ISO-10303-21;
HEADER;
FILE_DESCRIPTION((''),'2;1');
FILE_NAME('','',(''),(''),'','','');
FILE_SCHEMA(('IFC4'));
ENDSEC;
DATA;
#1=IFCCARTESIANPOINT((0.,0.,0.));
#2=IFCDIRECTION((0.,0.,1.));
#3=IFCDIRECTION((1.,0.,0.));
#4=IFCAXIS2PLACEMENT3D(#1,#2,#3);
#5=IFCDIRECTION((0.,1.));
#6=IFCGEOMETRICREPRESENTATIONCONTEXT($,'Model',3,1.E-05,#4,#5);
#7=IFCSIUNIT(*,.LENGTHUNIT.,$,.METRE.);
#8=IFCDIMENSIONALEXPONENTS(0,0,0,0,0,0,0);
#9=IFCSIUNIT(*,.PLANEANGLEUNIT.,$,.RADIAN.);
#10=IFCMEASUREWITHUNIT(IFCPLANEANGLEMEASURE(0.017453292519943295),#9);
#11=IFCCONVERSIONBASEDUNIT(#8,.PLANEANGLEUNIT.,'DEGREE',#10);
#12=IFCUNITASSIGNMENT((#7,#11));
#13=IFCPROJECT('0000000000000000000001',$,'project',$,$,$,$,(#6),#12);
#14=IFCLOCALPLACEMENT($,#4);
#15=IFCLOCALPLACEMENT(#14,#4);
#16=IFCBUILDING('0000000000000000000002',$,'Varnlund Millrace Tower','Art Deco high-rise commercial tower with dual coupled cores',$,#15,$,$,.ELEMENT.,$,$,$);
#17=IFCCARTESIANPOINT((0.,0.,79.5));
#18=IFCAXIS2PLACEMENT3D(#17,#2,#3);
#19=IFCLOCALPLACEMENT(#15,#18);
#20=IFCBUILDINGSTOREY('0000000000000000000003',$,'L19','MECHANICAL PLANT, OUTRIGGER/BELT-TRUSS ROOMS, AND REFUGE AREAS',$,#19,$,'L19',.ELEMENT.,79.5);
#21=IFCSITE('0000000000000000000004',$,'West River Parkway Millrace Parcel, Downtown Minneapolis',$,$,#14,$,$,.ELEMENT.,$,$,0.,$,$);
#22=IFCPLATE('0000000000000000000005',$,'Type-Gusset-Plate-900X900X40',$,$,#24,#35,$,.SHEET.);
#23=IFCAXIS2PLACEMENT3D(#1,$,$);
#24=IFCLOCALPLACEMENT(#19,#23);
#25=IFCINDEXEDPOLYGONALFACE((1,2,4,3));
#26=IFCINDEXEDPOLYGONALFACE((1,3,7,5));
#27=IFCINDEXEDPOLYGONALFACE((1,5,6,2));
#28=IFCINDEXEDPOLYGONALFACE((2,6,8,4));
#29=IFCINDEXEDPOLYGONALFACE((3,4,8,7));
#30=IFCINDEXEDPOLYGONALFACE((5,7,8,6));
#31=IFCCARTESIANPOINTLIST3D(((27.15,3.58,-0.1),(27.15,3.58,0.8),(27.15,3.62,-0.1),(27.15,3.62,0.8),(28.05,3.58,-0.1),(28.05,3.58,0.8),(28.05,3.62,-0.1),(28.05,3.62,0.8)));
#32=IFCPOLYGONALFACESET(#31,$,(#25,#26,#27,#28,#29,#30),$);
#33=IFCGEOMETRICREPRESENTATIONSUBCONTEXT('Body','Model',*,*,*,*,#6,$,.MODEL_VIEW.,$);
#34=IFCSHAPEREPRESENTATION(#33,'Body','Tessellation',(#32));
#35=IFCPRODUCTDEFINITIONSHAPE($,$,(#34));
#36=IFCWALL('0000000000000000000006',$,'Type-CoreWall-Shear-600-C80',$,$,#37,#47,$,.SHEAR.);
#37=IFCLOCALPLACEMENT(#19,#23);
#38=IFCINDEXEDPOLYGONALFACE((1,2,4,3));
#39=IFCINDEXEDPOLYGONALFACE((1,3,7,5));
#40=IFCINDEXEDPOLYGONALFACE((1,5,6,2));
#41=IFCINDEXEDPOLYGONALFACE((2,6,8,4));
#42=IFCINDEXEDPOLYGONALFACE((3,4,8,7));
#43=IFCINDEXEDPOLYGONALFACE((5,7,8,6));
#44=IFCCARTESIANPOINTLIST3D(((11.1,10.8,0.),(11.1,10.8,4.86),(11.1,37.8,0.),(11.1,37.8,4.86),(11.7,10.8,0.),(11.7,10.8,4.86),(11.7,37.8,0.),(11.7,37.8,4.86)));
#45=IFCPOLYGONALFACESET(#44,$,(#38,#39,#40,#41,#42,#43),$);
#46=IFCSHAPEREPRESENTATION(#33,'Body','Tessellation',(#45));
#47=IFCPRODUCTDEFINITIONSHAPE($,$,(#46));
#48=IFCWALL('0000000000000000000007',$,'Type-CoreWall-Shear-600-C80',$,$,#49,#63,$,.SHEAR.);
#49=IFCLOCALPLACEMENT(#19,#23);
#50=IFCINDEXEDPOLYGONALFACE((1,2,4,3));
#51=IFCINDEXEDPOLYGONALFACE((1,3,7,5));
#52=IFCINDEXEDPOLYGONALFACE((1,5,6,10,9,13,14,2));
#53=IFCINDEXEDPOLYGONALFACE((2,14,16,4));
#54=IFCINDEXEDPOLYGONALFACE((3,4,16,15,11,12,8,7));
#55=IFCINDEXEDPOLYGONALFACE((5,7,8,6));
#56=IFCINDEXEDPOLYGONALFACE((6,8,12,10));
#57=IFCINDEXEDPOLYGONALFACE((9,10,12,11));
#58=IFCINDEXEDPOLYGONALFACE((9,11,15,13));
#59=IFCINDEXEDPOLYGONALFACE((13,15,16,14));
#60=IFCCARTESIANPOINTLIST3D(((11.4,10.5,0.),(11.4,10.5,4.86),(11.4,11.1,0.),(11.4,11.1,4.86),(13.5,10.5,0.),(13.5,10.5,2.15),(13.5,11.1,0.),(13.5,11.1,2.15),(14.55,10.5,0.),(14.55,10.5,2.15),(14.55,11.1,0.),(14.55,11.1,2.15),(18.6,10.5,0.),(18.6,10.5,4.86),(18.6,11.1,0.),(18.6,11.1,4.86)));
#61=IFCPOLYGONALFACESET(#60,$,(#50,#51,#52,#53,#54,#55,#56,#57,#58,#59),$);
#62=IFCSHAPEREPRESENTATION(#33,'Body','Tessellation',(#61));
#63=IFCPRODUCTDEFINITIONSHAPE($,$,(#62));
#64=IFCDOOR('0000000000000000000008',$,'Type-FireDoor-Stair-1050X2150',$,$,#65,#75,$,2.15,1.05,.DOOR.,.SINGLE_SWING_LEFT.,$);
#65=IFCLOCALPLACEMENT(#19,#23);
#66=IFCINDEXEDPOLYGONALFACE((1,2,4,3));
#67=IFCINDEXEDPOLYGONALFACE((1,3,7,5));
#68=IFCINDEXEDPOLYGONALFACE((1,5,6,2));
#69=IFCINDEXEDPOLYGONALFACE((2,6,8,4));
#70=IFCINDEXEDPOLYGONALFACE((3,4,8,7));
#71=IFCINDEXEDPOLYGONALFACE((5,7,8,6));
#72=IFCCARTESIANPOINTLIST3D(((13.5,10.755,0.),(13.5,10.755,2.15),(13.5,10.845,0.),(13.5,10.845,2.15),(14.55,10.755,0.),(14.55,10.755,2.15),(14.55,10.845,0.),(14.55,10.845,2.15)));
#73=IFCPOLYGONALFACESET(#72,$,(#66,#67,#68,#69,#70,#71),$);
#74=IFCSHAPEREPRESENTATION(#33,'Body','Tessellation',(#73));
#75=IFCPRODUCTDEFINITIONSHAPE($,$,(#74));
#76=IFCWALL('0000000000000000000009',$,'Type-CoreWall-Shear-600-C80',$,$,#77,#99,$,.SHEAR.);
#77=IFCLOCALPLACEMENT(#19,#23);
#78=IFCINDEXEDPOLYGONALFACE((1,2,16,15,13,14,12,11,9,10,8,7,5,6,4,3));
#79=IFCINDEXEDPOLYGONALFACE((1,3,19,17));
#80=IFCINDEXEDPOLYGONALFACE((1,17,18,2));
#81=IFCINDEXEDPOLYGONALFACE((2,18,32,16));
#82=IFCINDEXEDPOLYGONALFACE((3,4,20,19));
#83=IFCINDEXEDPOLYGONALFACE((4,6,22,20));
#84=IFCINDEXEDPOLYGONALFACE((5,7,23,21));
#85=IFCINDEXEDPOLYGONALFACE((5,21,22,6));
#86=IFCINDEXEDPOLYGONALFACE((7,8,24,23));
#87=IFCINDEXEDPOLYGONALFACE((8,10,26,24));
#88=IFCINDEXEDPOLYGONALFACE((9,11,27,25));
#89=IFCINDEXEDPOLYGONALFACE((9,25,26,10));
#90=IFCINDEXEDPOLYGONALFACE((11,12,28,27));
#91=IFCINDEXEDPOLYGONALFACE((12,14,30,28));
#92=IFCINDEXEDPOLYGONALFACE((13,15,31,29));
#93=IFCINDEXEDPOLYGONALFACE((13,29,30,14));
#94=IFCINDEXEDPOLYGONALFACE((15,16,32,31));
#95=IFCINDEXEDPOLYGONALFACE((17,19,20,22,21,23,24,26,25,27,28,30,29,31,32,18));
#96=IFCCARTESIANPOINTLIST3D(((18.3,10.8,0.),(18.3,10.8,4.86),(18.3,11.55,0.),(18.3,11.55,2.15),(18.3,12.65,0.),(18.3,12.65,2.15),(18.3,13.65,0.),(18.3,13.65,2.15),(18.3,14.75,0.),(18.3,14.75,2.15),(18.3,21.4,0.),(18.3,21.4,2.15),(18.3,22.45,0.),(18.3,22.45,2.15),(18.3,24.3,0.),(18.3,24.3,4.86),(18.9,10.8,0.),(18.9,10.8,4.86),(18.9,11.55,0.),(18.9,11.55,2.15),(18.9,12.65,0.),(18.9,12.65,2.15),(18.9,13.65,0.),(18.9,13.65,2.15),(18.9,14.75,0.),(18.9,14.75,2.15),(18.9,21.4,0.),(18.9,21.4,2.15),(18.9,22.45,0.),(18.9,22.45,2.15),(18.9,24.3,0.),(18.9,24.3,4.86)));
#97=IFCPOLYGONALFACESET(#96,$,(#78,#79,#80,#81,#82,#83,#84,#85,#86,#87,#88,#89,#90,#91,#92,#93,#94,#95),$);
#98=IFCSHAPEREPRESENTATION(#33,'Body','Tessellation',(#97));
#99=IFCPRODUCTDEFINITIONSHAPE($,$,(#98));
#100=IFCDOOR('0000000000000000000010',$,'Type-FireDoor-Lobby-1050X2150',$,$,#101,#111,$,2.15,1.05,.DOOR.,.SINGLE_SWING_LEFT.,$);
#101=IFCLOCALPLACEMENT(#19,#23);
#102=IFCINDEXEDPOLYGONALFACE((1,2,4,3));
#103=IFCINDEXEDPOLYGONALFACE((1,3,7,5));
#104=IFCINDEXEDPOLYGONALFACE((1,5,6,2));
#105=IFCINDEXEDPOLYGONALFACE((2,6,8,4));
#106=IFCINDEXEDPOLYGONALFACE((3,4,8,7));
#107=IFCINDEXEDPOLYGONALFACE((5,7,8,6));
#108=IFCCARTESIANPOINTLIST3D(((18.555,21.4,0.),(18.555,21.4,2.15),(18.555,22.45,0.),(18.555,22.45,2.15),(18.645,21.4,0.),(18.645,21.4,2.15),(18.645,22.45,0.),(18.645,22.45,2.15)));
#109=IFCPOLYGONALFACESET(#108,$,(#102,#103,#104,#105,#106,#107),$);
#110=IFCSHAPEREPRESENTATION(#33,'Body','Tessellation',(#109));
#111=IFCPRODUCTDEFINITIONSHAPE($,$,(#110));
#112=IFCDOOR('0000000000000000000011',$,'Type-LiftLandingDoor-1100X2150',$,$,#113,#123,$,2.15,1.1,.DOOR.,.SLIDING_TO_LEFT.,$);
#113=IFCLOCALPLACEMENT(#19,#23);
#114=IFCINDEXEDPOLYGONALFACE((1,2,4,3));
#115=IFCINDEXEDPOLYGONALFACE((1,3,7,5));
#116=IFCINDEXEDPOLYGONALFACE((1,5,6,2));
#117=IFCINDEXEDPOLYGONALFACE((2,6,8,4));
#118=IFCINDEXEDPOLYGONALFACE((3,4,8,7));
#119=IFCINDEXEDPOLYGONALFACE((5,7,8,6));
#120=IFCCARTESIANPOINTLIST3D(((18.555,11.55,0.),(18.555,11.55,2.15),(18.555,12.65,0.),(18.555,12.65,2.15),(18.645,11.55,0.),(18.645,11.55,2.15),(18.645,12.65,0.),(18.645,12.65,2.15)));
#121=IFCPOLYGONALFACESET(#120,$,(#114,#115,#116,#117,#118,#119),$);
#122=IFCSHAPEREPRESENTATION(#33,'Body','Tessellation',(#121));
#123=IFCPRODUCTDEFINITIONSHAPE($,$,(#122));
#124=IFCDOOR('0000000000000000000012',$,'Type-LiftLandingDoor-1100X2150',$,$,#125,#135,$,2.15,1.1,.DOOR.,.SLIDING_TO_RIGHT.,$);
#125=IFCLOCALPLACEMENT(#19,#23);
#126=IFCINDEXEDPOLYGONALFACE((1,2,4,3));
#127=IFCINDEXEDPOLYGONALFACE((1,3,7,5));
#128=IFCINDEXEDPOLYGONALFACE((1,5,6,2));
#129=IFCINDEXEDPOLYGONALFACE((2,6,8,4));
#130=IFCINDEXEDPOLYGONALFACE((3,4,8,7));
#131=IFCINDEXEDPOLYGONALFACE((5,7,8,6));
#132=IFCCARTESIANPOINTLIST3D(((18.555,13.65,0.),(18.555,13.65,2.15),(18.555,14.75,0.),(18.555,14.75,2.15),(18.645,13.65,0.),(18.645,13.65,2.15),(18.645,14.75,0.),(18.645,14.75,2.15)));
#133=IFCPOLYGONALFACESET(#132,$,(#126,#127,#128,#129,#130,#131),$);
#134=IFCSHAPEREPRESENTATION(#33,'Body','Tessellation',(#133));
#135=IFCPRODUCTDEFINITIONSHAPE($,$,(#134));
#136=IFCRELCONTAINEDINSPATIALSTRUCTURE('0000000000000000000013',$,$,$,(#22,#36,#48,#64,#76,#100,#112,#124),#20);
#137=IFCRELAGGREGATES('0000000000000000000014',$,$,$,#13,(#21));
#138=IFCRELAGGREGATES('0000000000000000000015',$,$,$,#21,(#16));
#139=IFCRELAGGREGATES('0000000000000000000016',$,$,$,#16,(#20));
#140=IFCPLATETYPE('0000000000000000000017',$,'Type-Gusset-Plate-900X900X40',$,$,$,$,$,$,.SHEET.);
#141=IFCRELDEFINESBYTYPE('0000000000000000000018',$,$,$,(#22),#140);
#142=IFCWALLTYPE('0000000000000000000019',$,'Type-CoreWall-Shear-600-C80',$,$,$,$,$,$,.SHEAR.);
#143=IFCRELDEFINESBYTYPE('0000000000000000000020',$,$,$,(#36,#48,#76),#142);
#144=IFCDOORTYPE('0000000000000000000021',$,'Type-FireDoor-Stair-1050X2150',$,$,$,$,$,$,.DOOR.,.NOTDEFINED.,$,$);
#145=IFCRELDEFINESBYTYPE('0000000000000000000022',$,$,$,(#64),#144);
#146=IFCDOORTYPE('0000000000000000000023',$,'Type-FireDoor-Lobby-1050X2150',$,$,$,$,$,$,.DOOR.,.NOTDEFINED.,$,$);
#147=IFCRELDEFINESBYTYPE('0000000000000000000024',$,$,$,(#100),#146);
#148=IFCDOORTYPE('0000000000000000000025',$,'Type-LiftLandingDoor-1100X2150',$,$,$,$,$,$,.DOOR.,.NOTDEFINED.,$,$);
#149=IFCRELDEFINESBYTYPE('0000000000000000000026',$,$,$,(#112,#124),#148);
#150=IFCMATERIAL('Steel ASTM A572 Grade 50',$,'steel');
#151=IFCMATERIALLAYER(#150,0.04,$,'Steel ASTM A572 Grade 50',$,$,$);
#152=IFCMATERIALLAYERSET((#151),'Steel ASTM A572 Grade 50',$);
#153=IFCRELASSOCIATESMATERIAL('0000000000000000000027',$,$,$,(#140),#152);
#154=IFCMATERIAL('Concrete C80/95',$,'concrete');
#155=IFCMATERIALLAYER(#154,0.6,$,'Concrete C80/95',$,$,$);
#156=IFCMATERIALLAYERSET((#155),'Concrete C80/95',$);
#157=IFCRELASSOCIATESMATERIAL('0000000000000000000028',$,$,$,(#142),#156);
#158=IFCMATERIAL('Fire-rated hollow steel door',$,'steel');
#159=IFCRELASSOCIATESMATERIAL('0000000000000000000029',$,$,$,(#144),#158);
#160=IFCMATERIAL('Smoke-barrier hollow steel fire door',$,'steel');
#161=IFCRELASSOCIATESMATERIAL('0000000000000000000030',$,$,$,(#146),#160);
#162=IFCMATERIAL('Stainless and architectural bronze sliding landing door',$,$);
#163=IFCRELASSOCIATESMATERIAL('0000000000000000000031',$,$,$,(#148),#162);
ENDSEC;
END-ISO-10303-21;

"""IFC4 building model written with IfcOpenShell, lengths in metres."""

from ifc_helpers import new_model, entity, si_unit, converted_unit, direction, frame, origin_with_axes, origin_2d_with_axis, place, context, subcontext, project, spatial, polyline, rectangle, outline, extrude, material, layer, layer_set, type_object, element, fill, save


model = new_model("IFC4")

# Units and contexts
model_context = context("Model", 3, precision=1e-05, world=origin_with_axes(), true_north=direction((0.0, 1.0)))
body_context = subcontext(model_context, "Body", "Model", "MODEL_VIEW")
ifc_project = project(units=[si_unit("LENGTHUNIT", "METRE"), converted_unit("PLANEANGLEUNIT", "DEGREE", entity("IfcPlaneAngleMeasure", 0.017453292519943295), si_unit("PLANEANGLEUNIT", "RADIAN"), dimensions=[0, 0, 0, 0, 0, 0, 0])], contexts=[model_context])

# Site, building, storey
site_placement = place(None, origin_with_axes())
site = spatial("IfcSite", under=ifc_project, at=site_placement, Name="West River Parkway Millrace Parcel, Downtown Minneapolis", CompositionType="ELEMENT", RefElevation=0.0)
building_placement = place(site_placement, origin_with_axes())
building = spatial("IfcBuilding", under=site, at=building_placement, Name="Varnlund Millrace Tower", Description="Art Deco high-rise commercial tower with dual coupled cores", CompositionType="ELEMENT")
storey_placement = place(building_placement, frame((0.0, 0.0, 79.5), z_axis=(0.0, 0.0, 1.0), x_axis=(1.0, 0.0, 0.0)))
storey = spatial("IfcBuildingStorey", under=building, at=storey_placement, Name="L19", Description="MECHANICAL PLANT, OUTRIGGER/BELT-TRUSS ROOMS, AND REFUGE AREAS", LongName="L19", CompositionType="ELEMENT", Elevation=79.5)

# Plate
ifc_material_1 = material(Name="Steel ASTM A572 Grade 50", Category="steel")
ifc_layer_1 = layer(ifc_material_1, 0.04, Name="Steel ASTM A572 Grade 50")
ifc_layer_set_1 = layer_set([ifc_layer_1], Name="Steel ASTM A572 Grade 50")
plate_type = type_object("IfcPlateType", Name="Type-Gusset-Plate-900X900X40", PredefinedType="SHEET", material=ifc_layer_set_1)
plate_placement = place(storey_placement, frame((27.6, 3.6, -0.1), z_axis=(0.0, 0.0, 1.0), x_axis=(1.0, 0.0, 0.0)))
element("IfcPlate", 1, at=plate_placement, inside=storey, type_object=plate_type, Name="Type-Gusset-Plate-900X900X40", PredefinedType="SHEET", context=body_context, shape_type="SweptSolid", body=[
    extrude(rectangle(XDim=0.9, YDim=0.04, at=origin_2d_with_axis()), origin_with_axes(), (0.0, 0.0, 1.0), 0.9),
])

# Wall
ifc_material_2 = material(Name="Concrete C80/95", Category="concrete")
ifc_layer_2 = layer(ifc_material_2, 0.6, Name="Concrete C80/95")
ifc_layer_set_2 = layer_set([ifc_layer_2], Name="Concrete C80/95")
wall_type_1 = type_object("IfcWallType", Name="Type-CoreWall-Shear-600-C80", PredefinedType="SHEAR", material=ifc_layer_set_2)
wall_1_placement = place(storey_placement, frame((11.4, 10.8, 0.0), z_axis=(0.0, 0.0, 1.0), x_axis=(0.0, 1.0, 0.0)))
element("IfcWall", 2, at=wall_1_placement, inside=storey, type_object=wall_type_1, Name="Type-CoreWall-Shear-600-C80", PredefinedType="SHEAR", context=body_context, shape_type="SweptSolid", body=[
    extrude(outline(polyline([(0.0, -0.3), (27.0, -0.3), (27.0, 0.3), (0.0, 0.3), (0.0, -0.3)])), origin_with_axes(), (0.0, 0.0, 1.0), 4.86),
])

# Wall, opening, door
wall_2_placement = place(storey_placement, frame((11.4, 10.8, 0.0), z_axis=(0.0, 0.0, 1.0), x_axis=(1.0, 0.0, 0.0)))
wall_2 = element("IfcWall", 3, at=wall_2_placement, inside=storey, type_object=wall_type_1, Name="Type-CoreWall-Shear-600-C80", PredefinedType="SHEAR", context=body_context, shape_type="SweptSolid", body=[
    extrude(outline(polyline([(0.0, -0.3), (7.2, -0.3), (7.2, 0.3), (0.0, 0.3), (0.0, -0.3)])), origin_with_axes(), (0.0, 0.0, 1.0), 4.86),
])
opening_1_placement = place(wall_2_placement, frame((2.625, 0.0, 0.0), z_axis=(0.0, 0.0, 1.0), x_axis=(1.0, 0.0, 0.0)))
opening_1 = element("IfcOpeningElement", 4, at=opening_1_placement, cuts=wall_2, PredefinedType="OPENING", context=body_context, shape_type="SweptSolid", body=[
    extrude(rectangle(XDim=1.05, YDim=0.62, at=origin_2d_with_axis()), origin_with_axes(), (0.0, 0.0, 1.0), 2.15),
])
ifc_material_3 = material(Name="Fire-rated hollow steel door", Category="steel")
door_type_1 = type_object("IfcDoorType", Name="Type-FireDoor-Stair-1050X2150", OperationType="NOTDEFINED", PredefinedType="DOOR", material=ifc_material_3)
door_1_placement = place(wall_2_placement, frame((2.625, 0.0, 0.0), z_axis=(0.0, 0.0, 1.0), x_axis=(1.0, 0.0, 0.0)))
door_1 = element("IfcDoor", 5, at=door_1_placement, inside=storey, type_object=door_type_1, Name="Type-FireDoor-Stair-1050X2150", OperationType="SINGLE_SWING_LEFT", OverallHeight=2.15, OverallWidth=1.05, PredefinedType="DOOR", context=body_context, shape_type="SweptSolid", body=[
    extrude(rectangle(XDim=1.05, YDim=0.09, at=origin_2d_with_axis()), origin_with_axes(), (0.0, 0.0, 1.0), 2.15),
])
fill(opening_1, door_1)

# Wall, openings, doors
wall_3_placement = place(storey_placement, frame((18.6, 10.8, 0.0), z_axis=(0.0, 0.0, 1.0), x_axis=(0.0, 1.0, 0.0)))
wall_3 = element("IfcWall", 6, at=wall_3_placement, inside=storey, type_object=wall_type_1, Name="Type-CoreWall-Shear-600-C80", PredefinedType="SHEAR", context=body_context, shape_type="SweptSolid", body=[
    extrude(outline(polyline([(0.0, -0.3), (13.5, -0.3), (13.5, 0.3), (0.0, 0.3), (0.0, -0.3)])), origin_with_axes(), (0.0, 0.0, 1.0), 4.86),
])
opening_2_placement = place(wall_3_placement, frame((1.3, 0.0, 0.0), z_axis=(0.0, 0.0, 1.0), x_axis=(1.0, 0.0, 0.0)))
opening_2 = element("IfcOpeningElement", 7, at=opening_2_placement, cuts=wall_3, PredefinedType="OPENING", context=body_context, shape_type="SweptSolid", body=[
    extrude(rectangle(XDim=1.1, YDim=0.62, at=origin_2d_with_axis()), origin_with_axes(), (0.0, 0.0, 1.0), 2.15),
])
opening_3_placement = place(wall_3_placement, frame((3.4, 0.0, 0.0), z_axis=(0.0, 0.0, 1.0), x_axis=(1.0, 0.0, 0.0)))
opening_3 = element("IfcOpeningElement", 8, at=opening_3_placement, cuts=wall_3, PredefinedType="OPENING", context=body_context, shape_type="SweptSolid", body=[
    extrude(rectangle(XDim=1.1, YDim=0.62, at=origin_2d_with_axis()), origin_with_axes(), (0.0, 0.0, 1.0), 2.15),
])
opening_4_placement = place(wall_3_placement, frame((11.125, 0.0, 0.0), z_axis=(0.0, 0.0, 1.0), x_axis=(1.0, 0.0, 0.0)))
opening_4 = element("IfcOpeningElement", 9, at=opening_4_placement, cuts=wall_3, PredefinedType="OPENING", context=body_context, shape_type="SweptSolid", body=[
    extrude(rectangle(XDim=1.05, YDim=0.62, at=origin_2d_with_axis()), origin_with_axes(), (0.0, 0.0, 1.0), 2.15),
])
ifc_material_4 = material(Name="Smoke-barrier hollow steel fire door", Category="steel")
door_type_2 = type_object("IfcDoorType", Name="Type-FireDoor-Lobby-1050X2150", OperationType="NOTDEFINED", PredefinedType="DOOR", material=ifc_material_4)
door_2_placement = place(wall_3_placement, frame((11.125, 0.0, 0.0), z_axis=(0.0, 0.0, 1.0), x_axis=(1.0, 0.0, 0.0)))
door_2 = element("IfcDoor", 10, at=door_2_placement, inside=storey, type_object=door_type_2, Name="Type-FireDoor-Lobby-1050X2150", OperationType="SINGLE_SWING_LEFT", OverallHeight=2.15, OverallWidth=1.05, PredefinedType="DOOR", context=body_context, shape_type="SweptSolid", body=[
    extrude(rectangle(XDim=1.05, YDim=0.09, at=origin_2d_with_axis()), origin_with_axes(), (0.0, 0.0, 1.0), 2.15),
])
fill(opening_4, door_2)
ifc_material_5 = material(Name="Stainless and architectural bronze sliding landing door")
door_type_3 = type_object("IfcDoorType", Name="Type-LiftLandingDoor-1100X2150", OperationType="NOTDEFINED", PredefinedType="DOOR", material=ifc_material_5)
door_3_placement = place(wall_3_placement, frame((1.3, 0.0, 0.0), z_axis=(0.0, 0.0, 1.0), x_axis=(1.0, 0.0, 0.0)))
door_3 = element("IfcDoor", 11, at=door_3_placement, inside=storey, type_object=door_type_3, Name="Type-LiftLandingDoor-1100X2150", OperationType="SLIDING_TO_LEFT", OverallHeight=2.15, OverallWidth=1.1, PredefinedType="DOOR", context=body_context, shape_type="SweptSolid", body=[
    extrude(rectangle(XDim=1.1, YDim=0.09, at=origin_2d_with_axis()), origin_with_axes(), (0.0, 0.0, 1.0), 2.15),
])
fill(opening_2, door_3)
door_4_placement = place(wall_3_placement, frame((3.4, 0.0, 0.0), z_axis=(0.0, 0.0, 1.0), x_axis=(1.0, 0.0, 0.0)))
door_4 = element("IfcDoor", 12, at=door_4_placement, inside=storey, type_object=door_type_3, Name="Type-LiftLandingDoor-1100X2150", OperationType="SLIDING_TO_RIGHT", OverallHeight=2.15, OverallWidth=1.1, PredefinedType="DOOR", context=body_context, shape_type="SweptSolid", body=[
    extrude(rectangle(XDim=1.1, YDim=0.09, at=origin_2d_with_axis()), origin_with_axes(), (0.0, 0.0, 1.0), 2.15),
])
fill(opening_3, door_4)

save(model, "model.ifc")
